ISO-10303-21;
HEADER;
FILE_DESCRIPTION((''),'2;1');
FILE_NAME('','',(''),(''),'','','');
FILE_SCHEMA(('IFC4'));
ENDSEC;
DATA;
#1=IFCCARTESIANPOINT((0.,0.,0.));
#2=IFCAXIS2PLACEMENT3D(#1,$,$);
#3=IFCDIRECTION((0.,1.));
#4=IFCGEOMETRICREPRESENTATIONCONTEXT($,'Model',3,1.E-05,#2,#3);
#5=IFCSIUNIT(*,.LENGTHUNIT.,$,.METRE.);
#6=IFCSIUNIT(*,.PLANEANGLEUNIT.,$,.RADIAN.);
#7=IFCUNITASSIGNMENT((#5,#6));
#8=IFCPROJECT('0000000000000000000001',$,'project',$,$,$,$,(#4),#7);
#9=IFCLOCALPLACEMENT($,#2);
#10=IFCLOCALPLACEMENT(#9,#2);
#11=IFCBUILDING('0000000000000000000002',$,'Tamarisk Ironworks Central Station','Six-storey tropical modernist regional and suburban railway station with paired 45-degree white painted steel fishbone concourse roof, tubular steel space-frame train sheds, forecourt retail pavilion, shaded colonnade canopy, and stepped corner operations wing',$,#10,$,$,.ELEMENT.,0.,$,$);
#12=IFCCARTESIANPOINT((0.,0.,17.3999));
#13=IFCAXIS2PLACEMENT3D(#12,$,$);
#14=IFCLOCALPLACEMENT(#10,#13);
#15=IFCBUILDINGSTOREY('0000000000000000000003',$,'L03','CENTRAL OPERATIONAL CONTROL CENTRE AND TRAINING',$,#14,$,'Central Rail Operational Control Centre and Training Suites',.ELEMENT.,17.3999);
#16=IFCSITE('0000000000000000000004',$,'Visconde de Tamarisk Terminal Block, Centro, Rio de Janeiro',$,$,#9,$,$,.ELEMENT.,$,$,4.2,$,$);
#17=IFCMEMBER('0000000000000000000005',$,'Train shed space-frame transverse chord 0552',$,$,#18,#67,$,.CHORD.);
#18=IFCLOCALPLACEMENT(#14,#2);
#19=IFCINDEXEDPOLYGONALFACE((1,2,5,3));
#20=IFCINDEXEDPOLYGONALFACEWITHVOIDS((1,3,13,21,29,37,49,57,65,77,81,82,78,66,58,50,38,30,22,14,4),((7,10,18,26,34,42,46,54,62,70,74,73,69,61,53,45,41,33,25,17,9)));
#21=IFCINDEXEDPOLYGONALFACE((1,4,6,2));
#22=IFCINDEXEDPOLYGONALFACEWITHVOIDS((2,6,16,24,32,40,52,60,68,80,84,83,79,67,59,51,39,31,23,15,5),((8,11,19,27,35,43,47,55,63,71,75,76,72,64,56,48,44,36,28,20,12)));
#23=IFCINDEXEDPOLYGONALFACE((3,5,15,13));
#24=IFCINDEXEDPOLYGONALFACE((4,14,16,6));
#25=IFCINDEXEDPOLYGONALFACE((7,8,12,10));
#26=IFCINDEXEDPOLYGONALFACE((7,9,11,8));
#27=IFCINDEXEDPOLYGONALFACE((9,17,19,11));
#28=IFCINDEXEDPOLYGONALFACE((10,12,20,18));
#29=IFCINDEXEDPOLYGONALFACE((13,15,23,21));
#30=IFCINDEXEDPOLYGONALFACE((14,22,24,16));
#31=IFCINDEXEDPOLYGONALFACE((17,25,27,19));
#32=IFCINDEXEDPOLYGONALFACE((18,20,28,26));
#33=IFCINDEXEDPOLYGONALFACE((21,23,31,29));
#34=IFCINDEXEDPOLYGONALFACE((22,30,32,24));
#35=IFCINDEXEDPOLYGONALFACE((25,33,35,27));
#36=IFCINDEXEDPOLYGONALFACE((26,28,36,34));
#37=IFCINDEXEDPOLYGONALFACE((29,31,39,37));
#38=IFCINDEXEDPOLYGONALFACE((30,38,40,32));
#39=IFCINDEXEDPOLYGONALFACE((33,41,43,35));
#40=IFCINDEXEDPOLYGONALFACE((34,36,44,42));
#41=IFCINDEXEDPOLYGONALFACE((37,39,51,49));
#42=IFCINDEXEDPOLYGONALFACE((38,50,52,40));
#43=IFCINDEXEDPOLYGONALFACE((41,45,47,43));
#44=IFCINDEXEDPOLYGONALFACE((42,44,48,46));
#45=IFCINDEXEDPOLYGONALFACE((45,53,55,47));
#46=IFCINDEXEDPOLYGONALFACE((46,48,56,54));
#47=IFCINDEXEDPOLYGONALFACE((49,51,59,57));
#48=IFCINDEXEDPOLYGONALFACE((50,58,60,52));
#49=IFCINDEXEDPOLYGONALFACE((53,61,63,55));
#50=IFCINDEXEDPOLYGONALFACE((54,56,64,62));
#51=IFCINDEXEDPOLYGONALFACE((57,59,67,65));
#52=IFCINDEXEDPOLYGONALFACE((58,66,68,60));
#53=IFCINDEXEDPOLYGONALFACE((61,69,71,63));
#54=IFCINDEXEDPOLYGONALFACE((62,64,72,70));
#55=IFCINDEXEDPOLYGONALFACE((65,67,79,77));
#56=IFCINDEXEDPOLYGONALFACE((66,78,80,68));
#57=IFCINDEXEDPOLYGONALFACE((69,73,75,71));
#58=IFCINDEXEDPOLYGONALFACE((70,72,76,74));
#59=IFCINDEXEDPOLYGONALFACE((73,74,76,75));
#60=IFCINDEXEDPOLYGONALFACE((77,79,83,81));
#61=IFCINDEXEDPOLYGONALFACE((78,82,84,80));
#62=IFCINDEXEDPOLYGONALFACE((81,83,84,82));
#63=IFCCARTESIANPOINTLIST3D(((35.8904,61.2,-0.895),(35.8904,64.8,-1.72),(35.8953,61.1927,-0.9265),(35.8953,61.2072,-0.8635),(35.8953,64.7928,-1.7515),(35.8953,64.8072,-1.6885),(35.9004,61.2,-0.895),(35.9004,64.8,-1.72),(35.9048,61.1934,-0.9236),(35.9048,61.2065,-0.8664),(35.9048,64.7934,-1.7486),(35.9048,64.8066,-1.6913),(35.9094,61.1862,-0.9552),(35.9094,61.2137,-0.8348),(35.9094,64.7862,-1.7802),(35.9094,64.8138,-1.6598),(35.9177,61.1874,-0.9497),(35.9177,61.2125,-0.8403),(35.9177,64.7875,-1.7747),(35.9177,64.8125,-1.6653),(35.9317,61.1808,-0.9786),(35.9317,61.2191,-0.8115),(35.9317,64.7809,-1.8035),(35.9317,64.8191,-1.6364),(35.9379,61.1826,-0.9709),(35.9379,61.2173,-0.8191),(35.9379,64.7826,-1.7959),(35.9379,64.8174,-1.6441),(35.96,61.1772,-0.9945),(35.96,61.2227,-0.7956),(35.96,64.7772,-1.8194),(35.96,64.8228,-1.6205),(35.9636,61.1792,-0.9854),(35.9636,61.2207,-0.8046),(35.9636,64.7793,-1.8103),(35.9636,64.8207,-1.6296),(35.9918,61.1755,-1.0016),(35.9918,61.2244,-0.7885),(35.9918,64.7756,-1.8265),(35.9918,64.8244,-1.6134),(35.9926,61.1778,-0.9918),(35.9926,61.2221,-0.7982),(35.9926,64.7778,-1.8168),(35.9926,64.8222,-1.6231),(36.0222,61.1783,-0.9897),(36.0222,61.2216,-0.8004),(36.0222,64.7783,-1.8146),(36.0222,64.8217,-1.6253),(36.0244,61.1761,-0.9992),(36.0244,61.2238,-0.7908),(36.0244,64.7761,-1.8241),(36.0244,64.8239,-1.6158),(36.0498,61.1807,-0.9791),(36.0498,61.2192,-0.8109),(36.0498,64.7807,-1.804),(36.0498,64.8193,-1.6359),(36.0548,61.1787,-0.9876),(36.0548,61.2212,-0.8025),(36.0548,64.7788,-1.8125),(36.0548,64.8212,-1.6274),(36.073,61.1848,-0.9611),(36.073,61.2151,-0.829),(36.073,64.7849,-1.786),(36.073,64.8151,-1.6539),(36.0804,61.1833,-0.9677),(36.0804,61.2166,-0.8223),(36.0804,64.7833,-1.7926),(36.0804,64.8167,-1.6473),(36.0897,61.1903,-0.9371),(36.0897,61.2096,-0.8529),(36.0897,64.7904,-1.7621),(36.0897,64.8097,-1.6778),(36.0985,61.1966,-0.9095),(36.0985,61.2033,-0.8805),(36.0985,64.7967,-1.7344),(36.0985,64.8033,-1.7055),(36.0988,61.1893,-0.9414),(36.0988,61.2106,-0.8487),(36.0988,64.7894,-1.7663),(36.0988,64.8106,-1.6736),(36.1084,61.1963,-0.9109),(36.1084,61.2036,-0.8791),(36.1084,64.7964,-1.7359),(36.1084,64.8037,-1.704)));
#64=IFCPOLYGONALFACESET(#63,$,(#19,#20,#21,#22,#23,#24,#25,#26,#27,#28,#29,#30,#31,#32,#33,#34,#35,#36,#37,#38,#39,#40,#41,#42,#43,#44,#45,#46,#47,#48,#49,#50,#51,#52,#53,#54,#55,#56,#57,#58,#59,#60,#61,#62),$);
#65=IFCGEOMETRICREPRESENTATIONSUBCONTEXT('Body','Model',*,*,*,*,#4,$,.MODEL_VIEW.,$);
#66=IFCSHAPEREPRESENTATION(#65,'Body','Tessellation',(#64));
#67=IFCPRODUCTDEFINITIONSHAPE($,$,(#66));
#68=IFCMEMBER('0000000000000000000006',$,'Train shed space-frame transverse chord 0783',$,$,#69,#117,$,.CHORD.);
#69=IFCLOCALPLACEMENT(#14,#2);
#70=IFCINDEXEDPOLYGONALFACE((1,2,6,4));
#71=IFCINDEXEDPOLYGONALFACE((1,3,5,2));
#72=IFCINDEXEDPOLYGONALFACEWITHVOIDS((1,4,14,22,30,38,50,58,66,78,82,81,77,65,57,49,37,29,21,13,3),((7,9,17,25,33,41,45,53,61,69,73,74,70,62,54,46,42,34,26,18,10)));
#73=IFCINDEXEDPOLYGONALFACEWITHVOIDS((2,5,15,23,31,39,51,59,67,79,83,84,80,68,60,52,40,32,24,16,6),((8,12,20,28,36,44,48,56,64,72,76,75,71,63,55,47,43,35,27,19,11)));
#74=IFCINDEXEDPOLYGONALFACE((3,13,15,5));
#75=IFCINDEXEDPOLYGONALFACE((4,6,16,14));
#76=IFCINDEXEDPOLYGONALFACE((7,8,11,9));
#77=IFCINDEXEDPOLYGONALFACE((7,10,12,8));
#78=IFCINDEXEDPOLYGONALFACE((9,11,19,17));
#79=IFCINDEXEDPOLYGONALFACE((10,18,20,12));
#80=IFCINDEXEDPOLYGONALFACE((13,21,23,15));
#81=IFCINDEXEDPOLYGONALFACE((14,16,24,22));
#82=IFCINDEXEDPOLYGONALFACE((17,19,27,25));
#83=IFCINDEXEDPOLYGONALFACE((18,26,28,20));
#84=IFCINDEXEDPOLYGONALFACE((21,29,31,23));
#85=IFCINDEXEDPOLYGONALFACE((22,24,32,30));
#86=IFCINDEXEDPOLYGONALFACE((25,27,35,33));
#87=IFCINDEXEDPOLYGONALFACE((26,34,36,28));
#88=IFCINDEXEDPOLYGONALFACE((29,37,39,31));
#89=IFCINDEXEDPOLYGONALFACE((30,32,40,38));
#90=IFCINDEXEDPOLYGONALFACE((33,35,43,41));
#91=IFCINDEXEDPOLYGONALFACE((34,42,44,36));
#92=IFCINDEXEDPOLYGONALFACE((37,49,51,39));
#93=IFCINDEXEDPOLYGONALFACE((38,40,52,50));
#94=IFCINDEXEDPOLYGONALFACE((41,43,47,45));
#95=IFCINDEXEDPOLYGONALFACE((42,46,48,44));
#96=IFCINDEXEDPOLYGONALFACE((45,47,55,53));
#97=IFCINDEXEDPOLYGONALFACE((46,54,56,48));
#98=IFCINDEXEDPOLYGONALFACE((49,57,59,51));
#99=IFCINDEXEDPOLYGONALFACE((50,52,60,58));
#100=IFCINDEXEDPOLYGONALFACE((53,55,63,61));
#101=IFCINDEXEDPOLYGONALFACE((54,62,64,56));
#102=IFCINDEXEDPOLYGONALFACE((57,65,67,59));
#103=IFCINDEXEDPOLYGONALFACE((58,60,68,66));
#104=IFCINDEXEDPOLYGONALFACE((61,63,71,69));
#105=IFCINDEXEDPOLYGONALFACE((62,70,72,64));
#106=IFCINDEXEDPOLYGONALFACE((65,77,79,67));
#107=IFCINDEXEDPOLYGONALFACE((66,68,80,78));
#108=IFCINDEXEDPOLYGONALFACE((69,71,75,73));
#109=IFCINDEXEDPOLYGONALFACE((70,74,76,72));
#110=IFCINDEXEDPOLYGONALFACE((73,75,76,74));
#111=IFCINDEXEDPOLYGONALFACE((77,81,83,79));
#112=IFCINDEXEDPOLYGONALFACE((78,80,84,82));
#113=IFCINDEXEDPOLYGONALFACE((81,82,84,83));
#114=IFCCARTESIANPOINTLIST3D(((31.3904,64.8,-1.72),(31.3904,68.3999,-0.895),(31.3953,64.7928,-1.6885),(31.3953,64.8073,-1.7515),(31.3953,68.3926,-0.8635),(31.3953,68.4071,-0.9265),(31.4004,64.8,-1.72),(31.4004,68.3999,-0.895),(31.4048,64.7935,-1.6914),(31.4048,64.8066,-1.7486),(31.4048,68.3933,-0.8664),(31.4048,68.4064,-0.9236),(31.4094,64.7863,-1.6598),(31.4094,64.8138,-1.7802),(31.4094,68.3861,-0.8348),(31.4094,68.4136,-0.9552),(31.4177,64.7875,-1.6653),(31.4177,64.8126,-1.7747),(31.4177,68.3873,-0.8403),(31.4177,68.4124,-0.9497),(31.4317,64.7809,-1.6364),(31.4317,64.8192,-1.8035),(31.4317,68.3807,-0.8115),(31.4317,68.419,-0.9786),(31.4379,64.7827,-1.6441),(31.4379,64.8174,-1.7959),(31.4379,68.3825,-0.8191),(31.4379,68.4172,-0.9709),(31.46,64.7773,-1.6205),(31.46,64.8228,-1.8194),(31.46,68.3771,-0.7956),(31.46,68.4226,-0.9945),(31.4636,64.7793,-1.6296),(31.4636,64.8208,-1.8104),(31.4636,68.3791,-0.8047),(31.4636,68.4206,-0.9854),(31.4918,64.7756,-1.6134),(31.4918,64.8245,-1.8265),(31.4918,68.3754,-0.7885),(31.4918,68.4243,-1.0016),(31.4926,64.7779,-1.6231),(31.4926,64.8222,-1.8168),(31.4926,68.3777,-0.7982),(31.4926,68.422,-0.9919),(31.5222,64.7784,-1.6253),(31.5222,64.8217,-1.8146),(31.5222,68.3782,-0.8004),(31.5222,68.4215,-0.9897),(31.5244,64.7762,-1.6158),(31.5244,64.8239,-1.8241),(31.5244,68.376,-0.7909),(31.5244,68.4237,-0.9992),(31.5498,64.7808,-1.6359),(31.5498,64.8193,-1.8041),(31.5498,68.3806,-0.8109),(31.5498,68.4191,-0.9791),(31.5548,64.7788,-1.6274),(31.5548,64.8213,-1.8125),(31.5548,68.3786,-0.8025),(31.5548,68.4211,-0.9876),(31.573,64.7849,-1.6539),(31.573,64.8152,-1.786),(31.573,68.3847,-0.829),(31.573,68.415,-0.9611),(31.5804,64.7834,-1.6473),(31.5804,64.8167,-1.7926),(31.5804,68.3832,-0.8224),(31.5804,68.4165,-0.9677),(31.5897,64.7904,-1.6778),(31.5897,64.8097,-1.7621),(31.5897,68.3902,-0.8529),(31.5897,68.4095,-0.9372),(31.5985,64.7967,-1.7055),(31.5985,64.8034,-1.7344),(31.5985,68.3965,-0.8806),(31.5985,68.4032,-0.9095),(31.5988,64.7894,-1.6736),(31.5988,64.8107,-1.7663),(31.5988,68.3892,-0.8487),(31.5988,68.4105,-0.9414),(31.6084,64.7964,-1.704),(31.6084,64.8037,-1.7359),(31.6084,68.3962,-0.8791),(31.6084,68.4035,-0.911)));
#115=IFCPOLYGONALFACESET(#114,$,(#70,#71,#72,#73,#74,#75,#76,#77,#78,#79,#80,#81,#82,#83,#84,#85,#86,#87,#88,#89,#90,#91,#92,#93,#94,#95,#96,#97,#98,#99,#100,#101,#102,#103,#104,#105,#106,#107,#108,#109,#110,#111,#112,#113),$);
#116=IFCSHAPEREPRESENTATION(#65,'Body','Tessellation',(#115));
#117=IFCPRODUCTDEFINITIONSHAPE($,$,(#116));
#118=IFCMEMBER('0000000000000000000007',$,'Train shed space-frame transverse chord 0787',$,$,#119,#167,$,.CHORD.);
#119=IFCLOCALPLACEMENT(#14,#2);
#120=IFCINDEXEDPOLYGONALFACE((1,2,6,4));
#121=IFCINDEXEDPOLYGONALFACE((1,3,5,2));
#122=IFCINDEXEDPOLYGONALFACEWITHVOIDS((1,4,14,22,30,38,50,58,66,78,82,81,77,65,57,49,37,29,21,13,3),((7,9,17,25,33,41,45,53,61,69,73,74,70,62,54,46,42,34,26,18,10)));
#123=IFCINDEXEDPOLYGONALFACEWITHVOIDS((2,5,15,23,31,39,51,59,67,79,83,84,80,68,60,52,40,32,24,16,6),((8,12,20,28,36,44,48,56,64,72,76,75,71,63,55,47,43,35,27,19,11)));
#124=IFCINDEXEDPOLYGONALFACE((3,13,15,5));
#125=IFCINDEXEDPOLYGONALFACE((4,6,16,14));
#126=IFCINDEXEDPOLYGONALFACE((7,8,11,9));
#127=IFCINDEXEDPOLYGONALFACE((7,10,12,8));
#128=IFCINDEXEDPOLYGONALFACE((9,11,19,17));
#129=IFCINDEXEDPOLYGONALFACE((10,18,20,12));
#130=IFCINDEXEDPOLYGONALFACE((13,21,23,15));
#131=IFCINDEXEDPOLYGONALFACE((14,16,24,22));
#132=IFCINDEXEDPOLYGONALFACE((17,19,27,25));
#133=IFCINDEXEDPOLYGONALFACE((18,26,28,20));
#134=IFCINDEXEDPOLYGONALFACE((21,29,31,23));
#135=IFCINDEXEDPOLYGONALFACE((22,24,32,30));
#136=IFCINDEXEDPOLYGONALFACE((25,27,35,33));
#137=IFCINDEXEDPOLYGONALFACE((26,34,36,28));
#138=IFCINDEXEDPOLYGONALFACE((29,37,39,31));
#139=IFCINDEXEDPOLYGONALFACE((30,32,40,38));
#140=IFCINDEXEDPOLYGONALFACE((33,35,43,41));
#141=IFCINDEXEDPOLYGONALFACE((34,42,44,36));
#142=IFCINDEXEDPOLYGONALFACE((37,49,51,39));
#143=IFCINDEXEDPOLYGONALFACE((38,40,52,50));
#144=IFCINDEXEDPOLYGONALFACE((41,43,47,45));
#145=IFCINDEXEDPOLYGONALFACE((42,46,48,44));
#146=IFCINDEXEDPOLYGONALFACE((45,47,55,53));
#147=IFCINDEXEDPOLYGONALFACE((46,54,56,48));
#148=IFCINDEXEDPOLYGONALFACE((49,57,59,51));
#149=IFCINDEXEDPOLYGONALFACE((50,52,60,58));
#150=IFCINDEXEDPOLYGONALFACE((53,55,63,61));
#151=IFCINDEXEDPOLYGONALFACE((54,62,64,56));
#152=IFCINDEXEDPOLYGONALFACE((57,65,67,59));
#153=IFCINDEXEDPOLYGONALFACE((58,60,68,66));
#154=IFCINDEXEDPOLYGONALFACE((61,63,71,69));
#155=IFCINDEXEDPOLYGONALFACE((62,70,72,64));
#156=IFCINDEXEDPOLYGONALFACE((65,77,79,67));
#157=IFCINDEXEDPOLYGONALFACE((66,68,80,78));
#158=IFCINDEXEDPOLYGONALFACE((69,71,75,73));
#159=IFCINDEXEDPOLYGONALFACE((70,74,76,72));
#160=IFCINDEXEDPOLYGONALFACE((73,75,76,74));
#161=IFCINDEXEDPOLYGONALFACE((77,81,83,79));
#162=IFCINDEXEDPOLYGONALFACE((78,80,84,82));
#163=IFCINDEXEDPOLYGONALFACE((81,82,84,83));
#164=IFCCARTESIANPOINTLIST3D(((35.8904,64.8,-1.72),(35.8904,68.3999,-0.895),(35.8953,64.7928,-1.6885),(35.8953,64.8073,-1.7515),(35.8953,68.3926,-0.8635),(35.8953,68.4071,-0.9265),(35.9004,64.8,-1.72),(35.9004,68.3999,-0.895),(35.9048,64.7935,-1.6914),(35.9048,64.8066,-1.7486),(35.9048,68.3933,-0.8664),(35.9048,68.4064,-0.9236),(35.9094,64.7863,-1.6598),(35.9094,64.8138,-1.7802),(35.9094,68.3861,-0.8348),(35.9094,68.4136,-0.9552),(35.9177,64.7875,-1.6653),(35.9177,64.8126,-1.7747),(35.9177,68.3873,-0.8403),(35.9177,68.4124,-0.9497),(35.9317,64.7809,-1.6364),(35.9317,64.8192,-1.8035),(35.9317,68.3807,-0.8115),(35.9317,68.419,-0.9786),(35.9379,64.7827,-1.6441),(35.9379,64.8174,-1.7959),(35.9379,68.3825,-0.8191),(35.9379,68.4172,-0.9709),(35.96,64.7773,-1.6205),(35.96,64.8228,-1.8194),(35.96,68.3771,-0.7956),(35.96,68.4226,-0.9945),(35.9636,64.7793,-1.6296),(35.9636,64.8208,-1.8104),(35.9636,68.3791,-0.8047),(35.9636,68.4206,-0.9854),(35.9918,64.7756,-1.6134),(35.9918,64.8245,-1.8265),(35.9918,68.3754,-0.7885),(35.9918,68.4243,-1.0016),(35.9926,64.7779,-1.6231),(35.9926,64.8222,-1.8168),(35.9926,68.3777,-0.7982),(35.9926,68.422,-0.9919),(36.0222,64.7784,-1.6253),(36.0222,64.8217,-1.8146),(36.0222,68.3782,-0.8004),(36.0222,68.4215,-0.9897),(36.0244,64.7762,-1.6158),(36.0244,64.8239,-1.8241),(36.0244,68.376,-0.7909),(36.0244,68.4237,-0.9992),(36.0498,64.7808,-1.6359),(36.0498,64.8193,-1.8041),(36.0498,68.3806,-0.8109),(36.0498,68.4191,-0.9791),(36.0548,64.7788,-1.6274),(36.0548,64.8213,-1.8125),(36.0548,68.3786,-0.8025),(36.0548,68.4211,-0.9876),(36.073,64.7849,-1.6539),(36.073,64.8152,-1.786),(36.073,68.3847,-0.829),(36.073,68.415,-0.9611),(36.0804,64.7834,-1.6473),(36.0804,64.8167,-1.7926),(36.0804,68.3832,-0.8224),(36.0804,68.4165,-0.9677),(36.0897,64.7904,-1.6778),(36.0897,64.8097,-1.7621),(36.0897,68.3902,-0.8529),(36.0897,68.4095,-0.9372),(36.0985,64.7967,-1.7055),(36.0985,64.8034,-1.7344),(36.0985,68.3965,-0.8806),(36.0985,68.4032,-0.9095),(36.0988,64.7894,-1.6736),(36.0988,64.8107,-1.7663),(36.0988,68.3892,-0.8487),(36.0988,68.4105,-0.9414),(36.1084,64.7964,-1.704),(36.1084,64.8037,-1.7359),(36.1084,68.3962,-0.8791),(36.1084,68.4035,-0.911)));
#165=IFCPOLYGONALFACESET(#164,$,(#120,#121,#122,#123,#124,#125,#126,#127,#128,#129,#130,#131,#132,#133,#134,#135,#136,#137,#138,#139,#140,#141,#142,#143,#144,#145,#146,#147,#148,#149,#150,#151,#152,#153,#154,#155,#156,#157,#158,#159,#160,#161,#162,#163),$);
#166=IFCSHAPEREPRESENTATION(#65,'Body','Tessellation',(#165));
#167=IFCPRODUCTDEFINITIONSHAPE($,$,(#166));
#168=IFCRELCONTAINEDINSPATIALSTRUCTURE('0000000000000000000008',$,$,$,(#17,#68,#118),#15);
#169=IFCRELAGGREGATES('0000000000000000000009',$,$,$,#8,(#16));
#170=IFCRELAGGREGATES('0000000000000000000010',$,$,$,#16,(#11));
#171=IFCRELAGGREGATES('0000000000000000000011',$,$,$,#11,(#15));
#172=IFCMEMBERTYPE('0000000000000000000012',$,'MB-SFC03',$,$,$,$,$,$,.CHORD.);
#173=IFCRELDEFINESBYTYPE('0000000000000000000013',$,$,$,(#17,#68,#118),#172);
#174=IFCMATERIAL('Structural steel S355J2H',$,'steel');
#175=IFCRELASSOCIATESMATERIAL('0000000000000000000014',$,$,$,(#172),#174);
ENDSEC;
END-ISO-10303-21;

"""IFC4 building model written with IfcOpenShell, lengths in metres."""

from ifc_helpers import new_model, si_unit, direction, frame, origin, origin_2d, place, context, subcontext, project, spatial, hollow_circle, extrude, material, material_profile, profile_set, type_object, element, save


model = new_model("IFC4")

# Units and contexts
model_context = context("Model", 3, precision=1e-05, world=origin(), true_north=direction((0.0, 1.0)))
body_context = subcontext(model_context, "Body", "Model", "MODEL_VIEW")
ifc_project = project(units=[si_unit("LENGTHUNIT", "METRE"), si_unit("PLANEANGLEUNIT", "RADIAN")], contexts=[model_context])

# Site, building, storey
site_placement = place(None, origin())
site = spatial("IfcSite", under=ifc_project, at=site_placement, Name="Visconde de Tamarisk Terminal Block, Centro, Rio de Janeiro", CompositionType="ELEMENT", RefElevation=4.2)
building_placement = place(site_placement, origin())
building = spatial("IfcBuilding", under=site, at=building_placement, Name="Tamarisk Ironworks Central Station", Description="Six-storey tropical modernist regional and suburban railway station with paired 45-degree white painted steel fishbone concourse roof, tubular steel space-frame train sheds, forecourt retail pavilion, shaded colonnade canopy, and stepped corner operations wing", CompositionType="ELEMENT", ElevationOfRefHeight=0.0)
storey_placement = place(building_placement, frame((0.0, 0.0, 17.3999)))
storey = spatial("IfcBuildingStorey", under=building, at=storey_placement, Name="L03", Description="CENTRAL OPERATIONAL CONTROL CENTRE AND TRAINING", LongName="Central Rail Operational Control Centre and Training Suites", CompositionType="ELEMENT", Elevation=17.3999)

# Members
ifc_material_1 = material(Name="Structural steel S355J2H", Category="steel")
ifc_material_profile_1 = material_profile(ifc_material_1, hollow_circle(Radius=0.1096, WallThickness=0.01, at=origin_2d()), Name="CHS 219.1x10")
ifc_profile_set_1 = profile_set([ifc_material_profile_1], Name="Structural steel S355J2H")
member_type_1 = type_object("IfcMemberType", Name="MB-SFC03", PredefinedType="CHORD", material=ifc_profile_set_1)
for number, where, z_axis, x_axis, name in (
    (1, (36.0, 61.2, -0.895), (0.0, 0.974737, -0.223358), (-1.0, 0.0, 0.0), "Train shed space-frame transverse chord 0552"),
):
    element("IfcMember", number, at=place(storey_placement, frame(where, z_axis=z_axis, x_axis=x_axis)), inside=storey, type_object=member_type_1, Name=name, PredefinedType="CHORD", context=body_context, shape_type="SweptSolid", body=[
        extrude(hollow_circle(Radius=0.1096, WallThickness=0.01, at=origin_2d()), origin(), (0.0, 0.0, 1.0), 3.6934),
    ])
for number, where, z_axis, x_axis, name in (
    (2, (31.5, 64.8, -1.72), (0.0, 0.974733, 0.223372), (-1.0, 0.0, 0.0), "Train shed space-frame transverse chord 0783"),
    (3, (36.0, 64.8, -1.72), (0.0, 0.974733, 0.223372), (-1.0, 0.0, 0.0), "Train shed space-frame transverse chord 0787"),
):
    element("IfcMember", number, at=place(storey_placement, frame(where, z_axis=z_axis, x_axis=x_axis)), inside=storey, type_object=member_type_1, Name=name, PredefinedType="CHORD", context=body_context, shape_type="SweptSolid", body=[
        extrude(hollow_circle(Radius=0.1096, WallThickness=0.01, at=origin_2d()), origin(), (0.0, 0.0, 1.0), 3.6931),
    ])

save(model, "model.ifc")
